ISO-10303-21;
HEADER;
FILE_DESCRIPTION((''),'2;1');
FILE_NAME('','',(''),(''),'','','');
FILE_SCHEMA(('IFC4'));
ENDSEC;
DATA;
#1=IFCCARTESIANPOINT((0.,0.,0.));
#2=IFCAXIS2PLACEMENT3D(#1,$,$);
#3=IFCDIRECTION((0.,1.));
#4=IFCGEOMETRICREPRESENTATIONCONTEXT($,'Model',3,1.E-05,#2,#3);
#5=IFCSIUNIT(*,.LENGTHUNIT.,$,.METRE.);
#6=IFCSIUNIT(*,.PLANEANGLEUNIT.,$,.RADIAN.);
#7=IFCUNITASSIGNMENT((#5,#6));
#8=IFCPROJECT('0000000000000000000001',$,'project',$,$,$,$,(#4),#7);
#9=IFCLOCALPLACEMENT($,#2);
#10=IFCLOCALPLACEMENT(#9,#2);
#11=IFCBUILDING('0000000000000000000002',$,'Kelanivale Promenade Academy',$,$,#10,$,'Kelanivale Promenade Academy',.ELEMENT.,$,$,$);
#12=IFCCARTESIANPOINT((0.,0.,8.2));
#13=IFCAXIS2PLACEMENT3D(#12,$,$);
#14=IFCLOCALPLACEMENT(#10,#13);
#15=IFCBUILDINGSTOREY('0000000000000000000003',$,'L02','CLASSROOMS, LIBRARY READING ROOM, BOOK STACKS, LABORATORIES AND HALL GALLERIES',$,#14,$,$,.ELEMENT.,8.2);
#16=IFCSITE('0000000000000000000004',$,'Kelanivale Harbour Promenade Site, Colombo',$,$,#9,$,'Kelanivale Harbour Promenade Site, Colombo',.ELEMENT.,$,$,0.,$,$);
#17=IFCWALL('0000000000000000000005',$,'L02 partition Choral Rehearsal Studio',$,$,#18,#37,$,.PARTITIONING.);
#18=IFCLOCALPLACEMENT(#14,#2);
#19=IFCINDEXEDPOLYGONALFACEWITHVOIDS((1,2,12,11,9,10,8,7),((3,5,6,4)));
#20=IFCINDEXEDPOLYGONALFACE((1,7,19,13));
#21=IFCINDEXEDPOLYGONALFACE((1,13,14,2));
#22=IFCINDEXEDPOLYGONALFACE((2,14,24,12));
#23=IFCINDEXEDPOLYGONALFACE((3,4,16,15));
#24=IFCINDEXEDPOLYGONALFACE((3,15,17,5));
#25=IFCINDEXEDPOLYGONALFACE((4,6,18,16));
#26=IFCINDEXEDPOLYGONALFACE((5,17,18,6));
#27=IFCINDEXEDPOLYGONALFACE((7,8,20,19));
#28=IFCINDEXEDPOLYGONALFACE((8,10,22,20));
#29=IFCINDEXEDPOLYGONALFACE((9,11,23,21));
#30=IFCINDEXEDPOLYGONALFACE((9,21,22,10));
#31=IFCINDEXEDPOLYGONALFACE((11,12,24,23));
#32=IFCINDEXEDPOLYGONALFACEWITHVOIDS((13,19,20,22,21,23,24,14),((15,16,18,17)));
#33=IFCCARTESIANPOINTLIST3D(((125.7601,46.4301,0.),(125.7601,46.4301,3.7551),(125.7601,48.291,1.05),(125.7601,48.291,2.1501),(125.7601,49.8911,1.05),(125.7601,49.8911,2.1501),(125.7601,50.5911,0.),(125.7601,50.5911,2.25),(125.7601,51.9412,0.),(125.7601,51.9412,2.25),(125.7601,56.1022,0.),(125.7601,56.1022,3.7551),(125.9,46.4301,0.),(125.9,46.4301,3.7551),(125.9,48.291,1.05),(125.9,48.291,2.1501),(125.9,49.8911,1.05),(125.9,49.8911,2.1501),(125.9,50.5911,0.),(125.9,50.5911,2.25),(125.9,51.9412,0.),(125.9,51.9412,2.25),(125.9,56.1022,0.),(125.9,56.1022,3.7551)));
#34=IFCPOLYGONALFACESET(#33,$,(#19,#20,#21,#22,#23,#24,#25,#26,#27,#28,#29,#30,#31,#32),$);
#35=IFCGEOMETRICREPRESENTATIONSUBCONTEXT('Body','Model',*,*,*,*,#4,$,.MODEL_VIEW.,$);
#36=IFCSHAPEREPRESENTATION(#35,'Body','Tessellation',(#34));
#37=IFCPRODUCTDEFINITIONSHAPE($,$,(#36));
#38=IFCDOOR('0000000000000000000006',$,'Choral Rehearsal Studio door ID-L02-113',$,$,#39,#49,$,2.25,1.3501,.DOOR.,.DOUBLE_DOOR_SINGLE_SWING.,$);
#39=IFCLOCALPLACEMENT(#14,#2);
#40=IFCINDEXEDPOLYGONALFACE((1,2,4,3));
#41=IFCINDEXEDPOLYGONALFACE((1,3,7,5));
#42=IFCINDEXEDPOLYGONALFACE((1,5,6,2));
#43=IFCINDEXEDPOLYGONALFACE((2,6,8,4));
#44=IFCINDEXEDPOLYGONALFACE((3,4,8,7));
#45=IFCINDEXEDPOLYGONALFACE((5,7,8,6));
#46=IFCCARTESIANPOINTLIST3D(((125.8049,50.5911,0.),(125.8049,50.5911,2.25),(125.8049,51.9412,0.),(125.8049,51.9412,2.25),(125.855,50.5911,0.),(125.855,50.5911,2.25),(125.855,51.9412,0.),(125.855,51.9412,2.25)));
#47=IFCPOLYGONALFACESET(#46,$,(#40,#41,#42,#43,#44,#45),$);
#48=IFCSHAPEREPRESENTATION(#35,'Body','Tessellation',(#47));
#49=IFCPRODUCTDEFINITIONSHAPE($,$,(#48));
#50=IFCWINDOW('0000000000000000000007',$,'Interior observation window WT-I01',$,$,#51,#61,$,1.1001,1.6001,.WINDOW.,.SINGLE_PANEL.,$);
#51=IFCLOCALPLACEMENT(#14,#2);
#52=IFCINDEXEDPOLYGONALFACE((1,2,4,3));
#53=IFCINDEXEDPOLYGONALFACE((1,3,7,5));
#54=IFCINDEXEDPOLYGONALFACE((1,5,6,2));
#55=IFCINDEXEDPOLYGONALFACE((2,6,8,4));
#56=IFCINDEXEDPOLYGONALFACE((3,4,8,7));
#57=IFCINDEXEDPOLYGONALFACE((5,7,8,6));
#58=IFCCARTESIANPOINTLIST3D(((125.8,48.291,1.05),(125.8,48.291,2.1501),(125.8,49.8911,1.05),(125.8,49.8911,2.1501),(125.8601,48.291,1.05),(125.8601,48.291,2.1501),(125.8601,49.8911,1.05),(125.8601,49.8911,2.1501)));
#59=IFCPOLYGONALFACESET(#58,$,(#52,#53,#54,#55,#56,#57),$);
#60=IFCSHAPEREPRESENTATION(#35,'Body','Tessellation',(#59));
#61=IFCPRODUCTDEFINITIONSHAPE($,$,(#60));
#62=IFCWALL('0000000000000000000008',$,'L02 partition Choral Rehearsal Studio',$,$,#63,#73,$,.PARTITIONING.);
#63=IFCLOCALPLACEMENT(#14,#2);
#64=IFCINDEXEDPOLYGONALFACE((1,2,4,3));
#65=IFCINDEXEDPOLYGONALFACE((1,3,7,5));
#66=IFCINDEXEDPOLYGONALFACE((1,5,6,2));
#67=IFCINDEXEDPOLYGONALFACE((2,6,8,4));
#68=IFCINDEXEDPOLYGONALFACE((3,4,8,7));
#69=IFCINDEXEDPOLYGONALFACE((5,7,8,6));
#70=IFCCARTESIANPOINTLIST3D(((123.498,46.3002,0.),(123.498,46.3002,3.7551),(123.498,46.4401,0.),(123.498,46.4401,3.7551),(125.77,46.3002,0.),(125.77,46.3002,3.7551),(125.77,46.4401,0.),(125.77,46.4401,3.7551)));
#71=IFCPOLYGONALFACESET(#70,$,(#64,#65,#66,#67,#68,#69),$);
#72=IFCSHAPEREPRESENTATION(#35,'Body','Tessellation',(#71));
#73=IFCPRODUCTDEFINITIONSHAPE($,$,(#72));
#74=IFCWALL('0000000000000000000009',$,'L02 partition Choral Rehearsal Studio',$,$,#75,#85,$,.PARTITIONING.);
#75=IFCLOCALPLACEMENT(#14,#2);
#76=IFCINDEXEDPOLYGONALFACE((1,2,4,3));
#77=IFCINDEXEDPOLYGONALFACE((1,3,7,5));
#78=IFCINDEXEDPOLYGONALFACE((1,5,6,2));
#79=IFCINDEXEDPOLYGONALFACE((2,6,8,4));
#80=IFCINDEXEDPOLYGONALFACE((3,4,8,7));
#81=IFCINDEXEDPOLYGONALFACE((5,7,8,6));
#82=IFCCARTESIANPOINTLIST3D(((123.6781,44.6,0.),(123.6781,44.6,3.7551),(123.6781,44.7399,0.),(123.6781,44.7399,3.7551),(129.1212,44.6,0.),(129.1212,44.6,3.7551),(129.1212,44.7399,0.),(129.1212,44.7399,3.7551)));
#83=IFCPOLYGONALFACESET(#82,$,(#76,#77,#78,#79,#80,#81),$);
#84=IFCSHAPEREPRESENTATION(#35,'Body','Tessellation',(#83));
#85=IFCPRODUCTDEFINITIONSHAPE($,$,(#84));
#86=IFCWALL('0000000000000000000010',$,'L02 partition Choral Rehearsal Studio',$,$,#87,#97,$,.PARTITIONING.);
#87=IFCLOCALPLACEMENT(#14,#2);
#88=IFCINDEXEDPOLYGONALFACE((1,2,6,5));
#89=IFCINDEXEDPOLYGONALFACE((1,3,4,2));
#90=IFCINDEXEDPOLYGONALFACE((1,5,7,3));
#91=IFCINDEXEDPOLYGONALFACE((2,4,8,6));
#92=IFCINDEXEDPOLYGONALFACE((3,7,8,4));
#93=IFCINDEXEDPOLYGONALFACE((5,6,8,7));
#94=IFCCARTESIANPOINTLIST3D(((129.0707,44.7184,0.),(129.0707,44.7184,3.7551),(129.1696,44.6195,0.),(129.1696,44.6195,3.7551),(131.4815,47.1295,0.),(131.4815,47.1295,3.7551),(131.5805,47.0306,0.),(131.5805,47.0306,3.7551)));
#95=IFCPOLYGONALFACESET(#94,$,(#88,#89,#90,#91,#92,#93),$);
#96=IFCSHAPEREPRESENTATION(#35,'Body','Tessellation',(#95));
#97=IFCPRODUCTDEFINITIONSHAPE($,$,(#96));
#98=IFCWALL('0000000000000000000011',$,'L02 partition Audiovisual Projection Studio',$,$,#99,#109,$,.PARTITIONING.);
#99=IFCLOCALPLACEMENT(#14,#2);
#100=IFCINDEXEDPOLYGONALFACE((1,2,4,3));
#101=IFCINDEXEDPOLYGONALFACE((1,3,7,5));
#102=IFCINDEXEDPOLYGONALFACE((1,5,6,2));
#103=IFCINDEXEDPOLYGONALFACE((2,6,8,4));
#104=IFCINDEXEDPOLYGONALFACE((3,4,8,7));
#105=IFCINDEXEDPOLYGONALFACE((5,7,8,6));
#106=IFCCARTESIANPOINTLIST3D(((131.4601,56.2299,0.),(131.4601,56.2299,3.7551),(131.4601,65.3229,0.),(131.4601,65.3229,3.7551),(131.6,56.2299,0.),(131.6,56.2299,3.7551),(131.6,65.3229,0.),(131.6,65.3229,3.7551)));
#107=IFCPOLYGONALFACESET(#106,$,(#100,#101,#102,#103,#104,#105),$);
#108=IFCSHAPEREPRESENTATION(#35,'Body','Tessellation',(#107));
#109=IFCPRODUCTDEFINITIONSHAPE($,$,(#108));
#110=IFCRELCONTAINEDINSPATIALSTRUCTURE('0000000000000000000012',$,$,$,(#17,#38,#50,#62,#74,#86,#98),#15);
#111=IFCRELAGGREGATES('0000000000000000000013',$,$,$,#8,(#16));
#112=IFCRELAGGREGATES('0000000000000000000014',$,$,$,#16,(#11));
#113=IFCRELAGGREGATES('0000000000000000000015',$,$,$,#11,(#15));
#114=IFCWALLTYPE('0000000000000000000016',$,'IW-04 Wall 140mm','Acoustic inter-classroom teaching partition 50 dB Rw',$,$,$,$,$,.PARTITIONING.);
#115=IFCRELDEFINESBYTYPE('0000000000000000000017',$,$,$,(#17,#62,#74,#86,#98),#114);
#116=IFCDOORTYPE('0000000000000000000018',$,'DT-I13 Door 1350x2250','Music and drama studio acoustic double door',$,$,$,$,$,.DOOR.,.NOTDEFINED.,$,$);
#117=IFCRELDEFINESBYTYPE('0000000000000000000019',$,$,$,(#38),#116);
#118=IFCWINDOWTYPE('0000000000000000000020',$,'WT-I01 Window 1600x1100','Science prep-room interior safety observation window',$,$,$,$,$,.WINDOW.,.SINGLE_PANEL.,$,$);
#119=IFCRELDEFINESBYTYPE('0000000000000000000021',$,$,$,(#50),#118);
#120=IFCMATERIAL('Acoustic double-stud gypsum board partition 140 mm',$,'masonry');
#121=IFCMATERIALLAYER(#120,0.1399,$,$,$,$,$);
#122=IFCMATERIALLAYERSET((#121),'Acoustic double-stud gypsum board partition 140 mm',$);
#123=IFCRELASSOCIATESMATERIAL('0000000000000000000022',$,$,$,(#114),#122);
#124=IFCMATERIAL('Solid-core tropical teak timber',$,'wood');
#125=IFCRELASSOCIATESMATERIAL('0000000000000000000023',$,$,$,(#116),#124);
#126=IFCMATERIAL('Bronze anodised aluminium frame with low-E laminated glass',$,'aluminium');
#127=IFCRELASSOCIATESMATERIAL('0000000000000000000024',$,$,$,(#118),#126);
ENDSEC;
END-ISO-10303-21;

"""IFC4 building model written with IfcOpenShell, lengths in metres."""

from ifc_helpers import new_model, si_unit, direction, frame, frame_2d, origin, place, context, subcontext, project, spatial, rectangle, extrude, material, layer, layer_set, type_object, element, fill, save


model = new_model("IFC4")

# Units and contexts
model_context = context("Model", 3, precision=1e-05, world=origin(), true_north=direction((0.0, 1.0)))
body_context = subcontext(model_context, "Body", "Model", "MODEL_VIEW")
ifc_project = project(units=[si_unit("LENGTHUNIT", "METRE"), si_unit("PLANEANGLEUNIT", "RADIAN")], contexts=[model_context])

# Site, building, storey
site_placement = place(None, origin())
site = spatial("IfcSite", under=ifc_project, at=site_placement, Name="Kelanivale Harbour Promenade Site, Colombo", LongName="Kelanivale Harbour Promenade Site, Colombo", CompositionType="ELEMENT", RefElevation=0.0)
building_placement = place(site_placement, origin())
building = spatial("IfcBuilding", under=site, at=building_placement, Name="Kelanivale Promenade Academy", LongName="Kelanivale Promenade Academy", CompositionType="ELEMENT")
storey_placement = place(building_placement, frame((0.0, 0.0, 8.2)))
storey = spatial("IfcBuildingStorey", under=building, at=storey_placement, Name="L02", Description="CLASSROOMS, LIBRARY READING ROOM, BOOK STACKS, LABORATORIES AND HALL GALLERIES", CompositionType="ELEMENT", Elevation=8.2)

# Shared definitions
ifc_material_1 = material(Name="Acoustic double-stud gypsum board partition 140 mm", Category="masonry")
ifc_layer_1 = layer(ifc_material_1, 0.1399)
ifc_layer_set_1 = layer_set([ifc_layer_1], Name="Acoustic double-stud gypsum board partition 140 mm")
wall_type_1 = type_object("IfcWallType", Name="IW-04 Wall 140mm", Description="Acoustic inter-classroom teaching partition 50 dB Rw", PredefinedType="PARTITIONING", material=ifc_layer_set_1)

# Wall, openings, door, window
wall_1_placement = place(storey_placement, frame((125.8301, 56.1021, 0.0), z_axis=(0.0, 0.0, 1.0), x_axis=(0.0, -1.0, 0.0)))
wall_1 = element("IfcWall", 1, at=wall_1_placement, inside=storey, type_object=wall_type_1, Name="L02 partition Choral Rehearsal Studio", PredefinedType="PARTITIONING", context=body_context, shape_type="SweptSolid", body=[
    extrude(rectangle(XDim=9.6721, YDim=0.1399, at=frame_2d((4.8359, 0.0))), origin(), (0.0, 0.0, 1.0), 3.7551),
])
opening_1_placement = place(wall_1_placement, frame((4.1609, 0.0, 0.0)))
opening_1 = element("IfcOpeningElement", 2, at=opening_1_placement, cuts=wall_1, PredefinedType="OPENING", context=body_context, shape_type="SweptSolid", body=[
    extrude(rectangle(XDim=1.3501, YDim=2.25, at=frame_2d((0.675, 1.125))), frame((0.0, 0.0801, 0.0), z_axis=(0.0, -1.0, 0.0), x_axis=(1.0, 0.0, 0.0)), (0.0, 0.0, 1.0), 0.1599),
])
opening_2_placement = place(wall_1_placement, frame((6.2109, 0.0, 1.05)))
opening_2 = element("IfcOpeningElement", 3, at=opening_2_placement, cuts=wall_1, PredefinedType="OPENING", context=body_context, shape_type="SweptSolid", body=[
    extrude(rectangle(XDim=1.6001, YDim=1.1001, at=frame_2d((0.8, 0.55))), frame((0.0, 0.0801, 0.0), z_axis=(0.0, -1.0, 0.0), x_axis=(1.0, 0.0, 0.0)), (0.0, 0.0, 1.0), 0.1599),
])
ifc_material_2 = material(Name="Solid-core tropical teak timber", Category="wood")
door_type = type_object("IfcDoorType", Name="DT-I13 Door 1350x2250", Description="Music and drama studio acoustic double door", OperationType="NOTDEFINED", PredefinedType="DOOR", material=ifc_material_2)
door_placement = place(opening_1_placement, origin())
door = element("IfcDoor", 4, at=door_placement, inside=storey, type_object=door_type, Name="Choral Rehearsal Studio door ID-L02-113", OperationType="DOUBLE_DOOR_SINGLE_SWING", OverallHeight=2.25, OverallWidth=1.3501, PredefinedType="DOOR", context=body_context, shape_type="SweptSolid", body=[
    extrude(rectangle(XDim=1.3501, YDim=2.25, at=frame_2d((0.675, 1.125))), frame((0.0, 0.0249, 0.0), z_axis=(0.0, -1.0, 0.0), x_axis=(1.0, 0.0, 0.0)), (0.0, 0.0, 1.0), 0.05),
])
fill(opening_1, door)
ifc_material_3 = material(Name="Bronze anodised aluminium frame with low-E laminated glass", Category="aluminium")
window_type = type_object("IfcWindowType", Name="WT-I01 Window 1600x1100", Description="Science prep-room interior safety observation window", PartitioningType="SINGLE_PANEL", PredefinedType="WINDOW", material=ifc_material_3)
window_placement = place(opening_2_placement, origin())
window = element("IfcWindow", 5, at=window_placement, inside=storey, type_object=window_type, Name="Interior observation window WT-I01", OverallHeight=1.1001, OverallWidth=1.6001, PartitioningType="SINGLE_PANEL", PredefinedType="WINDOW", context=body_context, shape_type="SweptSolid", body=[
    extrude(rectangle(XDim=1.6001, YDim=1.1001, at=frame_2d((0.8, 0.55))), frame((0.0, 0.03, 0.0), z_axis=(0.0, -1.0, 0.0), x_axis=(1.0, 0.0, 0.0)), (0.0, 0.0, 1.0), 0.0601),
])
fill(opening_2, window)

# Walls
wall_2_placement = place(storey_placement, frame((125.77, 46.3701, 0.0), z_axis=(0.0, 0.0, 1.0), x_axis=(-1.0, 0.0, 0.0)))
element("IfcWall", 6, at=wall_2_placement, inside=storey, type_object=wall_type_1, Name="L02 partition Choral Rehearsal Studio", PredefinedType="PARTITIONING", context=body_context, shape_type="SweptSolid", body=[
    extrude(rectangle(XDim=2.272, YDim=0.1399, at=frame_2d((1.136, 0.0))), origin(), (0.0, 0.0, 1.0), 3.7551),
])
wall_3_placement = place(storey_placement, frame((123.678, 44.6699, 0.0), z_axis=(0.0, 0.0, 1.0), x_axis=(1.0, 0.0, 0.0)))
element("IfcWall", 7, at=wall_3_placement, inside=storey, type_object=wall_type_1, Name="L02 partition Choral Rehearsal Studio", PredefinedType="PARTITIONING", context=body_context, shape_type="SweptSolid", body=[
    extrude(rectangle(XDim=5.4431, YDim=0.1399, at=frame_2d((2.7217, 0.0))), origin(), (0.0, 0.0, 1.0), 3.7551),
])
wall_4_placement = place(storey_placement, frame((129.1201, 44.6689, 0.0), z_axis=(0.0, 0.0, 1.0), x_axis=(0.707071, 0.707143, 0.0)))
element("IfcWall", 8, at=wall_4_placement, inside=storey, type_object=wall_type_1, Name="L02 partition Choral Rehearsal Studio", PredefinedType="PARTITIONING", context=body_context, shape_type="SweptSolid", body=[
    extrude(rectangle(XDim=3.4097, YDim=0.1399, at=frame_2d((1.7048, 0.0))), origin(), (0.0, 0.0, 1.0), 3.7551),
])
wall_5_placement = place(storey_placement, frame((131.53, 56.23, 0.0), z_axis=(0.0, 0.0, 1.0), x_axis=(0.0, 1.0, 0.0)))
element("IfcWall", 9, at=wall_5_placement, inside=storey, type_object=wall_type_1, Name="L02 partition Audiovisual Projection Studio", PredefinedType="PARTITIONING", context=body_context, shape_type="SweptSolid", body=[
    extrude(rectangle(XDim=9.093, YDim=0.1399, at=frame_2d((4.5464, 0.0))), origin(), (0.0, 0.0, 1.0), 3.7551),
])

save(model, "model.ifc")
